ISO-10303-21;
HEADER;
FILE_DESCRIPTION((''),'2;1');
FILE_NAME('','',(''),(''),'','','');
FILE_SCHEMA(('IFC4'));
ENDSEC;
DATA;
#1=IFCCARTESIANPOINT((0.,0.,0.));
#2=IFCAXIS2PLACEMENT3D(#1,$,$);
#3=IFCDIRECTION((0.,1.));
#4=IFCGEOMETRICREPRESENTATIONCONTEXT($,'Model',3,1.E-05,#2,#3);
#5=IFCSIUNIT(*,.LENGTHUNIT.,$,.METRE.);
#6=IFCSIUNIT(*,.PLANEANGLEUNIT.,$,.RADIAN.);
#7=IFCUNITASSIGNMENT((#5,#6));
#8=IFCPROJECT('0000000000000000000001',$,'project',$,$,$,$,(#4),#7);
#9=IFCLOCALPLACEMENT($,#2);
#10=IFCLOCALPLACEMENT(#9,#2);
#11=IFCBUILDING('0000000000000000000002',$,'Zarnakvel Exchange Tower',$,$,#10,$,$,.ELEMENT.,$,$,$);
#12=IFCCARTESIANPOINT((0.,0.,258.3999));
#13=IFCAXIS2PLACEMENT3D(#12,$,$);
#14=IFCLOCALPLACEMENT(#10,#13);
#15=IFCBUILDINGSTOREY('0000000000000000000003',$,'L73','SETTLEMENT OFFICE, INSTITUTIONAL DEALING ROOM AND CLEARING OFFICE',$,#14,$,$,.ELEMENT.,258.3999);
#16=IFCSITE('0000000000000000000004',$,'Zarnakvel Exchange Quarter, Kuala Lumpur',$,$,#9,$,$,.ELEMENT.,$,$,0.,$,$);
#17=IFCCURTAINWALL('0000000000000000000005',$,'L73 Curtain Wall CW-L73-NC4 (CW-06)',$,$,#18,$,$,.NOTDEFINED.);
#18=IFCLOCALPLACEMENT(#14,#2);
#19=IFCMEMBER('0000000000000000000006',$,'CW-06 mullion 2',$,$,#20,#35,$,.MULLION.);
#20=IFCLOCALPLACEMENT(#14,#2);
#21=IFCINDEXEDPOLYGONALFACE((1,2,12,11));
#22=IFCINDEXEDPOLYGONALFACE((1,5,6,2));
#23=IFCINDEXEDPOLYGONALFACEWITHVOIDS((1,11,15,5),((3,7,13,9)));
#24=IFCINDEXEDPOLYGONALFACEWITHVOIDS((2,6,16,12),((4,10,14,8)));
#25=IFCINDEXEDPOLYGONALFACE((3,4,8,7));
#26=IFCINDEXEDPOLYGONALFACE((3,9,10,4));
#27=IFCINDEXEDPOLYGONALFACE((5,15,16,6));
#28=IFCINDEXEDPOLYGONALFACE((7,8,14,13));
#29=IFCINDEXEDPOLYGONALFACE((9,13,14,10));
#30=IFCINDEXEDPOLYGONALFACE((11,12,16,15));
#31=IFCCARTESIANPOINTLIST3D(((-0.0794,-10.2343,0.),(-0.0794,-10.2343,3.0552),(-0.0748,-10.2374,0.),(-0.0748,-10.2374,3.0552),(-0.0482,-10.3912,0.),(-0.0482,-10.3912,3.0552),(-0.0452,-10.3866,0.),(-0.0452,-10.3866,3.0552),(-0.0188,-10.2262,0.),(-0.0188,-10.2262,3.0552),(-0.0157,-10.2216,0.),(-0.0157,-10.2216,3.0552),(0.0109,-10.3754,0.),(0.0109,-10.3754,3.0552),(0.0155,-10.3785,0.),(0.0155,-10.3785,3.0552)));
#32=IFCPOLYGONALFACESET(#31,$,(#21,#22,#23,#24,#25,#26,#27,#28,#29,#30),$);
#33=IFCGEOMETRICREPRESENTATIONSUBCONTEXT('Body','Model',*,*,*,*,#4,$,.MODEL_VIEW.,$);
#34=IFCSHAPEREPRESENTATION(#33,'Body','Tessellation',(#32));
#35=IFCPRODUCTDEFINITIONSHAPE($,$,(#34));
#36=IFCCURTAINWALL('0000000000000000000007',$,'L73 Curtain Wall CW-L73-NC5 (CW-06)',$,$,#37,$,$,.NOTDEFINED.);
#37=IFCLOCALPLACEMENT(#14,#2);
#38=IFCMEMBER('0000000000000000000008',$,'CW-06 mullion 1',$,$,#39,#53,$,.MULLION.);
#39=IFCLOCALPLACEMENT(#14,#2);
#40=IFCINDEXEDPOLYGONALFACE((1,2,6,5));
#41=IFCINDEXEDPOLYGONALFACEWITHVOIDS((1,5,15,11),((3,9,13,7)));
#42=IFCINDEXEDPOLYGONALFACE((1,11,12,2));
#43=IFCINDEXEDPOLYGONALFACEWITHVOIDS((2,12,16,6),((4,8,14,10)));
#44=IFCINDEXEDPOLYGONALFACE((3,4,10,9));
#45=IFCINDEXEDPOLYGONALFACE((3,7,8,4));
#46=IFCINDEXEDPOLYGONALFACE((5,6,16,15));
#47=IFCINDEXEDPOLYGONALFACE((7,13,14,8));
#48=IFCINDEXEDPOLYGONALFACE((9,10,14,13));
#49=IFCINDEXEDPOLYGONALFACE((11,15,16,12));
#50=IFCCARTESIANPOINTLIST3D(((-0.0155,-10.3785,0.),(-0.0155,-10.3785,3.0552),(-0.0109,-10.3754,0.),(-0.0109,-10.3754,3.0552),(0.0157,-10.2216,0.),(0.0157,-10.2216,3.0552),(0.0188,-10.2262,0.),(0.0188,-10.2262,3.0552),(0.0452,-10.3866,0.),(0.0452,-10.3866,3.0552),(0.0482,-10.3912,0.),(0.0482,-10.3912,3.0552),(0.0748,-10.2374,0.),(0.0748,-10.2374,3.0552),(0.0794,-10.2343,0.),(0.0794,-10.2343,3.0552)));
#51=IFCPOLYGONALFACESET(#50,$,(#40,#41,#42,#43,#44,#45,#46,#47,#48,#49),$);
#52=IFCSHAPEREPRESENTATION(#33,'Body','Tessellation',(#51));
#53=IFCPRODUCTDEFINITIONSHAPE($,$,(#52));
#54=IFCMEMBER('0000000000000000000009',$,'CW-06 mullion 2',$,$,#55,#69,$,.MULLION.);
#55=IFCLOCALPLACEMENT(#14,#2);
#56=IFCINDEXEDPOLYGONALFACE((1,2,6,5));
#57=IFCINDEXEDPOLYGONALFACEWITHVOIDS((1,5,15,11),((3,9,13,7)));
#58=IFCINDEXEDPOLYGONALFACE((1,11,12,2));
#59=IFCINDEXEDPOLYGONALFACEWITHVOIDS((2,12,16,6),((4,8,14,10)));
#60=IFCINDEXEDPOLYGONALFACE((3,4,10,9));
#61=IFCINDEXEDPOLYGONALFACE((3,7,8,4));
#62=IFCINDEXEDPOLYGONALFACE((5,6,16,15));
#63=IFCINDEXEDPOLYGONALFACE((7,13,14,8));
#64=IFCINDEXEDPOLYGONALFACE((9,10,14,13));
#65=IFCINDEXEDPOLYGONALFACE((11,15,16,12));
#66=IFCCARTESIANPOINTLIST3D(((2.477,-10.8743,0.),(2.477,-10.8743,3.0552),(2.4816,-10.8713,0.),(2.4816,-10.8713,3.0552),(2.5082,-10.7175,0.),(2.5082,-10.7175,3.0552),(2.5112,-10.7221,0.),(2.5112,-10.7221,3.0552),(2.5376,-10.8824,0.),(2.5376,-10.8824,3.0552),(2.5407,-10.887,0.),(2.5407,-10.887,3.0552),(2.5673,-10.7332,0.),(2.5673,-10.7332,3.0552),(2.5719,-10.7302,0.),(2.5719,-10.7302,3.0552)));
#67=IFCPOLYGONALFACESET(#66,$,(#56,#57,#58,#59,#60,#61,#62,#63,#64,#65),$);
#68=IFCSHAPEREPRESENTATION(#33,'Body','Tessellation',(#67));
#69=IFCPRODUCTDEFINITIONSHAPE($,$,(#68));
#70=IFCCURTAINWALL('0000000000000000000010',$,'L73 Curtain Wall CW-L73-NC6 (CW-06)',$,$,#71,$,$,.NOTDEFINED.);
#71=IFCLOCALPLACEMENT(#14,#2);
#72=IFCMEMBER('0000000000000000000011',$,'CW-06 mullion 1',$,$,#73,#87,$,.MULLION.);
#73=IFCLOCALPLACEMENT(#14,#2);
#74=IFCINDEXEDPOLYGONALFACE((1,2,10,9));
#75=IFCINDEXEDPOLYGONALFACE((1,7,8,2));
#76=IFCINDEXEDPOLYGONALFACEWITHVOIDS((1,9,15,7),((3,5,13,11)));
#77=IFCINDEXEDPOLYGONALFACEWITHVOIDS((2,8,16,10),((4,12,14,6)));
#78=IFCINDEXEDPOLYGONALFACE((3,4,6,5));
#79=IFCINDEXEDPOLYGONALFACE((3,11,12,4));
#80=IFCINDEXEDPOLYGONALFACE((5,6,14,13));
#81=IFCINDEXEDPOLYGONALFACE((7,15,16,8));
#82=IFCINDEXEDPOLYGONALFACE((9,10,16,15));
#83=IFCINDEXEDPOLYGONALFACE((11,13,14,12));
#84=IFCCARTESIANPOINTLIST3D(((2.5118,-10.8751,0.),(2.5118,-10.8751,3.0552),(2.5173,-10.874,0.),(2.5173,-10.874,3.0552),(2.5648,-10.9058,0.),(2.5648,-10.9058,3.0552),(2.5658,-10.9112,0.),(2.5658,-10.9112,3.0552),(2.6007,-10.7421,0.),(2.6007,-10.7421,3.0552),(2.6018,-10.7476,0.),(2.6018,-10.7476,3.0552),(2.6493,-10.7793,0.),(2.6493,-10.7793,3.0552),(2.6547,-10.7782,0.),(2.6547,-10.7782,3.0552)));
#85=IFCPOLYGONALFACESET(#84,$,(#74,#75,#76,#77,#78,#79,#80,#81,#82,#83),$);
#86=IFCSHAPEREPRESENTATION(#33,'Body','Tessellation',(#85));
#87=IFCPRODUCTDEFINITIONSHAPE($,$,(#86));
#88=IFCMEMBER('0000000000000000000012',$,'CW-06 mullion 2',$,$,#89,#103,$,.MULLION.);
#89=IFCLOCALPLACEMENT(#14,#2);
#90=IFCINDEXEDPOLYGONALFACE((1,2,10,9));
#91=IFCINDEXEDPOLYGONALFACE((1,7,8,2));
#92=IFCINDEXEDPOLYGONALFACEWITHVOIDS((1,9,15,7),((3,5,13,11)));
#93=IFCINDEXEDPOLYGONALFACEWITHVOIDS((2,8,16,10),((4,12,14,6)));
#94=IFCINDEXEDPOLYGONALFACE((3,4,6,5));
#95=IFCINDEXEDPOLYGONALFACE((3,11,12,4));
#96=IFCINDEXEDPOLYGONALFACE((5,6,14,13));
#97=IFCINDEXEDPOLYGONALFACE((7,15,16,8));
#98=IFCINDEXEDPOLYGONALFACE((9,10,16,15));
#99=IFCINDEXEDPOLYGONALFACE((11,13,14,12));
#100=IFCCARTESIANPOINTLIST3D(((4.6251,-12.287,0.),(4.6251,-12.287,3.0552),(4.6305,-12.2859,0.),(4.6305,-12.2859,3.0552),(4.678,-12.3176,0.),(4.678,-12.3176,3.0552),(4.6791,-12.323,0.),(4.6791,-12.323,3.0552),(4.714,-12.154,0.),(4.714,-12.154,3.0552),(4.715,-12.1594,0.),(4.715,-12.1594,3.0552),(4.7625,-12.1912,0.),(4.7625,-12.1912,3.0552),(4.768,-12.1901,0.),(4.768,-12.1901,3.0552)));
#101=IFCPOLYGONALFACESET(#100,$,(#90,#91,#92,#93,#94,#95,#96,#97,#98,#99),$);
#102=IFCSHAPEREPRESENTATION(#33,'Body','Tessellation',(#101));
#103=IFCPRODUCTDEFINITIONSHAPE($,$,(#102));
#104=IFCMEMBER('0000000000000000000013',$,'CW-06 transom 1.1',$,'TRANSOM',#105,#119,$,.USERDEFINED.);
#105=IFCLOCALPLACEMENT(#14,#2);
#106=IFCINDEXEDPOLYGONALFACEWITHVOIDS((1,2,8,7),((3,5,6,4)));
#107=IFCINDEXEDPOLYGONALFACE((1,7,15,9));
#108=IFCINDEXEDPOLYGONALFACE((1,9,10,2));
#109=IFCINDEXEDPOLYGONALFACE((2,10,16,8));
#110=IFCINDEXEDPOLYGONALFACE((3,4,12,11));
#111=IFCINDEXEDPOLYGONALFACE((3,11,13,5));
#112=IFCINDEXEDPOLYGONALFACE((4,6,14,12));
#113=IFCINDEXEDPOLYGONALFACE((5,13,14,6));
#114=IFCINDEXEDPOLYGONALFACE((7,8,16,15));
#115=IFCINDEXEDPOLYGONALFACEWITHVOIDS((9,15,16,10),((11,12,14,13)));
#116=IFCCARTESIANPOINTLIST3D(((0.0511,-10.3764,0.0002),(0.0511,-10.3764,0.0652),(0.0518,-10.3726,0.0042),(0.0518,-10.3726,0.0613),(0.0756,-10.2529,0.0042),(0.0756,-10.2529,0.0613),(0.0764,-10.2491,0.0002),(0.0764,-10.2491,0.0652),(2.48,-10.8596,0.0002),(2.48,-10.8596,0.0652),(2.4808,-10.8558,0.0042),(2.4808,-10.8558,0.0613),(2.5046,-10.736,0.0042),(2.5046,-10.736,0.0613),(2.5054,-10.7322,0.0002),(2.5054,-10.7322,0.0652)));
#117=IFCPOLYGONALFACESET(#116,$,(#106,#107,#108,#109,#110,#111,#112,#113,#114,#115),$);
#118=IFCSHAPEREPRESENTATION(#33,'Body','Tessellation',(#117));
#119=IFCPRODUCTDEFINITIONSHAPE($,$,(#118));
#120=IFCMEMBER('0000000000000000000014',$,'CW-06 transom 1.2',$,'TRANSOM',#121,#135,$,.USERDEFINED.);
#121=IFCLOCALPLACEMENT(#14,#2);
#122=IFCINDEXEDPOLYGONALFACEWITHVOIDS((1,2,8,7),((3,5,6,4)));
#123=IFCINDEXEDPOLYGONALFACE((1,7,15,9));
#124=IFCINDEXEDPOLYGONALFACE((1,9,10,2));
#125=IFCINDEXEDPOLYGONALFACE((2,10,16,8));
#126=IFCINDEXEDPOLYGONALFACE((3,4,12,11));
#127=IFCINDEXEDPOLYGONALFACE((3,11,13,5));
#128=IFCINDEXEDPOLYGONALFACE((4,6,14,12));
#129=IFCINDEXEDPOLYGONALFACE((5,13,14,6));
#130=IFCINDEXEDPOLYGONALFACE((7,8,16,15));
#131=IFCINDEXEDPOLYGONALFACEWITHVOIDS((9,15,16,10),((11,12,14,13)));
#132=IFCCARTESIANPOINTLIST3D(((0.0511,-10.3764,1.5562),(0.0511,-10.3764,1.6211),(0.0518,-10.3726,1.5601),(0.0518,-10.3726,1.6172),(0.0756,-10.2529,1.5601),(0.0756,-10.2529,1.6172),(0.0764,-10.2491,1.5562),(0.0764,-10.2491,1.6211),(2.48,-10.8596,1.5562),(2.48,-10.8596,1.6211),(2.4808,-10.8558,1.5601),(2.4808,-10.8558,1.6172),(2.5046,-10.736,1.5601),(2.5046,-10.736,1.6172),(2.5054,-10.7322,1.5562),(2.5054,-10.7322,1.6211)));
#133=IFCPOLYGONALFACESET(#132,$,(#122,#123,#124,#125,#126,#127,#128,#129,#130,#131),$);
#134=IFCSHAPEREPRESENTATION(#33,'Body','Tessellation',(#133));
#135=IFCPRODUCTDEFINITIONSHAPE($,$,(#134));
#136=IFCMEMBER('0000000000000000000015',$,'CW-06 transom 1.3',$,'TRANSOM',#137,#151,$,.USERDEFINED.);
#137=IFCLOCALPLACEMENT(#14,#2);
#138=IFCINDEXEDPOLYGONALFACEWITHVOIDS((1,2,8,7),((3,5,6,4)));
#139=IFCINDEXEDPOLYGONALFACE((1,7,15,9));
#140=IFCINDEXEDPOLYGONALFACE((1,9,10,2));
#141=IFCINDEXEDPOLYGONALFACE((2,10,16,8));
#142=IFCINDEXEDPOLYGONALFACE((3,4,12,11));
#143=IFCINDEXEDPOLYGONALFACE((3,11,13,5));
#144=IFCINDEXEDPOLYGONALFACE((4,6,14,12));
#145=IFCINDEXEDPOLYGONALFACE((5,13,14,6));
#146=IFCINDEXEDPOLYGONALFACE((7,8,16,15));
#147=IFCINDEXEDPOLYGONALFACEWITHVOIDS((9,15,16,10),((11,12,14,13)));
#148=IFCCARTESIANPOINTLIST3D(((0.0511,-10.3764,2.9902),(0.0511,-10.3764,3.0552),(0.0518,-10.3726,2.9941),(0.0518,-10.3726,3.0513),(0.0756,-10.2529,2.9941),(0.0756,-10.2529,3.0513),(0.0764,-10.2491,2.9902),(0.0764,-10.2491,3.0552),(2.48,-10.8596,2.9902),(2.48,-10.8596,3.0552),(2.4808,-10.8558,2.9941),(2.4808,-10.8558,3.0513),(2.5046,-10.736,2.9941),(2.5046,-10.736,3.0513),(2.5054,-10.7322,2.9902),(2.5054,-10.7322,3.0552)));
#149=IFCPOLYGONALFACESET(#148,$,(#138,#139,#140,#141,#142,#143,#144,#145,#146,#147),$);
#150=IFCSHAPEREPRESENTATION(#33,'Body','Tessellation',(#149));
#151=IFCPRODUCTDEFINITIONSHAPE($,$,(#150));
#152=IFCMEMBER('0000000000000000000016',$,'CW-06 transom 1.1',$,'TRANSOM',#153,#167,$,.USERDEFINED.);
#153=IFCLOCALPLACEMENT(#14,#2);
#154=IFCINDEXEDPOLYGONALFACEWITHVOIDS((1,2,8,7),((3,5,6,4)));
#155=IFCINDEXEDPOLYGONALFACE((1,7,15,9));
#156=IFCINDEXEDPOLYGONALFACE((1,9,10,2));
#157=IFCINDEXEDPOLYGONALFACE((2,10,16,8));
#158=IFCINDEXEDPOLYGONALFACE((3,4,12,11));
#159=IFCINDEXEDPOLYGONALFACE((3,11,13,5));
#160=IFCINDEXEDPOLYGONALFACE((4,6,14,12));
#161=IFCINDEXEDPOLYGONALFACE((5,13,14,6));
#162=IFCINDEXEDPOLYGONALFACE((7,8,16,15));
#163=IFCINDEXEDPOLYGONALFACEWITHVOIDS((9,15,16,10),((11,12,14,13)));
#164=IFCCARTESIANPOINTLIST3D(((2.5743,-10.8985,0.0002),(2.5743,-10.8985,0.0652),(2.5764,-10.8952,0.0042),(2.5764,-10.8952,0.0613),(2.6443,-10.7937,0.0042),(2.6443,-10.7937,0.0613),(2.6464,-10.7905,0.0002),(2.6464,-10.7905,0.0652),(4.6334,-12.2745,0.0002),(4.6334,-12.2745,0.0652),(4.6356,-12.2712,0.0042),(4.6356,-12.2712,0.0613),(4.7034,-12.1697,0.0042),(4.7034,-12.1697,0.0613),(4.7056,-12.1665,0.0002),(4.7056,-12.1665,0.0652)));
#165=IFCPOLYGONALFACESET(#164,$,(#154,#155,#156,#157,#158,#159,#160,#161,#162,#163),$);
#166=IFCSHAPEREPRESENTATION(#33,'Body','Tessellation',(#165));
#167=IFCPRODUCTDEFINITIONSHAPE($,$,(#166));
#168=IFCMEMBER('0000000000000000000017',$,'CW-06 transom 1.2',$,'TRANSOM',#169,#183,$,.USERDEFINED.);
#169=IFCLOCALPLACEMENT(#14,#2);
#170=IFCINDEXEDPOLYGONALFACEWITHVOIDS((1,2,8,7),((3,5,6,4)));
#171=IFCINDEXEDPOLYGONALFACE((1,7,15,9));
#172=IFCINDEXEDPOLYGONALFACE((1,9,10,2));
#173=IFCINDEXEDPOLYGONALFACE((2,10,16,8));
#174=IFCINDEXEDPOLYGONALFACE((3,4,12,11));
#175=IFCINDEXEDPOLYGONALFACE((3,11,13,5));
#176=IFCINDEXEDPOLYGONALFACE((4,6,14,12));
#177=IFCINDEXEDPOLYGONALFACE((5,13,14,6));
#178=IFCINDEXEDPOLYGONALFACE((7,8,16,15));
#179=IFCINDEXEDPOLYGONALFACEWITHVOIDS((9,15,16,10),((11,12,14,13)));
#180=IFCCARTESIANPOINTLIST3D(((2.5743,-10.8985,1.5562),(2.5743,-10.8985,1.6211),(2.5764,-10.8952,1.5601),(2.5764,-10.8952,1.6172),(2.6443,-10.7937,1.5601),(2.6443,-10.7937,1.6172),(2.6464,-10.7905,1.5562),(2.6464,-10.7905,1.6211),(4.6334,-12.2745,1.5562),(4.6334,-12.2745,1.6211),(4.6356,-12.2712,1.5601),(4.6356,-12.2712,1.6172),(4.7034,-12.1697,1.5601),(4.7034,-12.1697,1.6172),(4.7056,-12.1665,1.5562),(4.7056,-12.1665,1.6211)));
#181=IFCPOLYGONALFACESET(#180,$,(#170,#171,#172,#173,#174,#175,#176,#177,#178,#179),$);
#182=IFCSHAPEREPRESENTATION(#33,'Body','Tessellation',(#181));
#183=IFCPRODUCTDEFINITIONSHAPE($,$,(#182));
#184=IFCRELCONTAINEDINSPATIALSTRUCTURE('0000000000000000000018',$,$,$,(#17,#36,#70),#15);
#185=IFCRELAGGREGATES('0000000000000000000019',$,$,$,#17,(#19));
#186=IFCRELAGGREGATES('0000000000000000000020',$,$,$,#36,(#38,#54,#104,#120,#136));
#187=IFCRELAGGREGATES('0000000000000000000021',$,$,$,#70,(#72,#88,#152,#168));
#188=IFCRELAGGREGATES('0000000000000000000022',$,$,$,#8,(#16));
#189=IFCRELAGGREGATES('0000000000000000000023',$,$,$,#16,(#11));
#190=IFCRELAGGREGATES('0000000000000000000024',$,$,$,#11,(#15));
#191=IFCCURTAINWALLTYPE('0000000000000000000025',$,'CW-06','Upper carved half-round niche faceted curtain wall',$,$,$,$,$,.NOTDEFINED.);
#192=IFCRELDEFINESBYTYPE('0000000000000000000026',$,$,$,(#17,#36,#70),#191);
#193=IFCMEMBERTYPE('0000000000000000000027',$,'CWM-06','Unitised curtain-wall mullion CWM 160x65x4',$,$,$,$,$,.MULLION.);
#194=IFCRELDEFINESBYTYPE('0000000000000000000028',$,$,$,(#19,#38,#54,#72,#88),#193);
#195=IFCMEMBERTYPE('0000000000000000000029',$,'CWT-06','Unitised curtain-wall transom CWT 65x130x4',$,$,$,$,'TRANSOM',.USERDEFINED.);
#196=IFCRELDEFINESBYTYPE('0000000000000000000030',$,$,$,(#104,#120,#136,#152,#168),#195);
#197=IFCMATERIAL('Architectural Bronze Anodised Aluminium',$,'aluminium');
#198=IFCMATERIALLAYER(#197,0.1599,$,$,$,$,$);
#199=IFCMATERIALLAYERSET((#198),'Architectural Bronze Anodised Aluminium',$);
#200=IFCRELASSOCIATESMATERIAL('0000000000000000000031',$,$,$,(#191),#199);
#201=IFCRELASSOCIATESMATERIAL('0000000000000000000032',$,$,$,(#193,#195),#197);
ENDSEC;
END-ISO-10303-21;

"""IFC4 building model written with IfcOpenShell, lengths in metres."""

from ifc_helpers import new_model, si_unit, direction, frame, origin, origin_2d, place, context, subcontext, project, spatial, hollow_rectangle, extrude, source, transform, mapped, material, layer, layer_set, material_profile, profile_set, type_object, element, aggregate, save


model = new_model("IFC4")

# Units and contexts
model_context = context("Model", 3, precision=1e-05, world=origin(), true_north=direction((0.0, 1.0)))
body_context = subcontext(model_context, "Body", "Model", "MODEL_VIEW")
ifc_project = project(units=[si_unit("LENGTHUNIT", "METRE"), si_unit("PLANEANGLEUNIT", "RADIAN")], contexts=[model_context])

# Site, building, storey
site_placement = place(None, origin())
site = spatial("IfcSite", under=ifc_project, at=site_placement, Name="Zarnakvel Exchange Quarter, Kuala Lumpur", CompositionType="ELEMENT", RefElevation=0.0)
building_placement = place(site_placement, origin())
building = spatial("IfcBuilding", under=site, at=building_placement, Name="Zarnakvel Exchange Tower", CompositionType="ELEMENT")
storey_placement = place(building_placement, frame((0.0, 0.0, 258.3999)))
storey = spatial("IfcBuildingStorey", under=building, at=storey_placement, Name="L73", Description="SETTLEMENT OFFICE, INSTITUTIONAL DEALING ROOM AND CLEARING OFFICE", CompositionType="ELEMENT", Elevation=258.3999)

# Curtain wall, member
ifc_material_1 = material(Name="Architectural Bronze Anodised Aluminium", Category="aluminium")
ifc_layer_1 = layer(ifc_material_1, 0.1599)
ifc_layer_set_1 = layer_set([ifc_layer_1], Name="Architectural Bronze Anodised Aluminium")
curtain_wall_type = type_object("IfcCurtainWallType", Name="CW-06", Description="Upper carved half-round niche faceted curtain wall", PredefinedType="NOTDEFINED", material=ifc_layer_set_1)
curtain_wall_1_placement = place(storey_placement, origin())
curtain_wall_1 = element("IfcCurtainWall", 1, at=curtain_wall_1_placement, inside=storey, type_object=curtain_wall_type, Name="L73 Curtain Wall CW-L73-NC4 (CW-06)", PredefinedType="NOTDEFINED")
ifc_material_profile_1 = material_profile(ifc_material_1, hollow_rectangle(XDim=0.1599, YDim=0.0649, WallThickness=0.0039, at=origin_2d()))
ifc_profile_set_1 = profile_set([ifc_material_profile_1], Name="Architectural Bronze Anodised Aluminium")
member_type_1 = type_object("IfcMemberType", Name="CWM-06", Description="Unitised curtain-wall mullion CWM 160x65x4", PredefinedType="MULLION", material=ifc_profile_set_1)
shared_shape_1 = source(origin(), body_context, "Body", "SweptSolid", [
    extrude(hollow_rectangle(XDim=0.1599, YDim=0.0649, WallThickness=0.0039, at=origin_2d()), origin(), (0.0, 0.0, 1.0), 3.0552),
])
member_1_placement = place(storey_placement, frame((-0.032, -10.3064, 0.0), z_axis=(0.0, 0.0, 1.0), x_axis=(-0.19509, 0.980785, 0.0)))
member_1 = element("IfcMember", 2, at=member_1_placement, type_object=member_type_1, Name="CW-06 mullion 2", PredefinedType="MULLION", context=body_context, shape_type="MappedRepresentation", body=[
    mapped(shared_shape_1, transform((0.0, 0.0, 0.0), x_axis=(1.0, 0.0, 0.0), y_axis=(0.0, 1.0, 0.0), z_axis=(0.0, 0.0, 1.0), scale=1.0)),
])

# Curtain walls, members
curtain_wall_2_placement = place(storey_placement, origin())
curtain_wall_2 = element("IfcCurtainWall", 3, at=curtain_wall_2_placement, inside=storey, type_object=curtain_wall_type, Name="L73 Curtain Wall CW-L73-NC5 (CW-06)", PredefinedType="NOTDEFINED")
member_2_placement = place(storey_placement, frame((0.032, -10.3064, 0.0), z_axis=(0.0, 0.0, 1.0), x_axis=(0.19509, 0.980785, 0.0)))
member_2 = element("IfcMember", 4, at=member_2_placement, type_object=member_type_1, Name="CW-06 mullion 1", PredefinedType="MULLION", context=body_context, shape_type="MappedRepresentation", body=[
    mapped(shared_shape_1, transform((0.0, 0.0, 0.0), x_axis=(1.0, 0.0, 0.0), y_axis=(0.0, 1.0, 0.0), z_axis=(0.0, 0.0, 1.0), scale=1.0)),
])
member_3_placement = place(storey_placement, frame((2.5244, -10.8022, 0.0), z_axis=(0.0, 0.0, 1.0), x_axis=(0.19509, 0.980785, 0.0)))
member_3 = element("IfcMember", 5, at=member_3_placement, type_object=member_type_1, Name="CW-06 mullion 2", PredefinedType="MULLION", context=body_context, shape_type="MappedRepresentation", body=[
    mapped(shared_shape_1, transform((0.0, 0.0, 0.0), x_axis=(1.0, 0.0, 0.0), y_axis=(0.0, 1.0, 0.0), z_axis=(0.0, 0.0, 1.0), scale=1.0)),
])
curtain_wall_3_placement = place(storey_placement, origin())
curtain_wall_3 = element("IfcCurtainWall", 6, at=curtain_wall_3_placement, inside=storey, type_object=curtain_wall_type, Name="L73 Curtain Wall CW-L73-NC6 (CW-06)", PredefinedType="NOTDEFINED")
member_4_placement = place(storey_placement, frame((2.5833, -10.8267, 0.0), z_axis=(0.0, 0.0, 1.0), x_axis=(0.55557, 0.83147, 0.0)))
member_4 = element("IfcMember", 7, at=member_4_placement, type_object=member_type_1, Name="CW-06 mullion 1", PredefinedType="MULLION", context=body_context, shape_type="MappedRepresentation", body=[
    mapped(shared_shape_1, transform((0.0, 0.0, 0.0), x_axis=(1.0, 0.0, 0.0), y_axis=(0.0, 1.0, 0.0), z_axis=(0.0, 0.0, 1.0), scale=1.0)),
])
member_5_placement = place(storey_placement, frame((4.6965, -12.2385, 0.0), z_axis=(0.0, 0.0, 1.0), x_axis=(0.55557, 0.83147, 0.0)))
member_5 = element("IfcMember", 8, at=member_5_placement, type_object=member_type_1, Name="CW-06 mullion 2", PredefinedType="MULLION", context=body_context, shape_type="MappedRepresentation", body=[
    mapped(shared_shape_1, transform((0.0, 0.0, 0.0), x_axis=(1.0, 0.0, 0.0), y_axis=(0.0, 1.0, 0.0), z_axis=(0.0, 0.0, 1.0), scale=1.0)),
])

# Members
ifc_material_profile_2 = material_profile(ifc_material_1, hollow_rectangle(XDim=0.1299, YDim=0.0649, WallThickness=0.0039, at=origin_2d()))
ifc_profile_set_2 = profile_set([ifc_material_profile_2], Name="Architectural Bronze Anodised Aluminium")
member_type_2 = type_object("IfcMemberType", Name="CWT-06", Description="Unitised curtain-wall transom CWT 65x130x4", ElementType="TRANSOM", PredefinedType="USERDEFINED", material=ifc_profile_set_2)
shared_shape_2 = source(origin(), body_context, "Body", "SweptSolid", [
    extrude(hollow_rectangle(XDim=0.1299, YDim=0.0649, WallThickness=0.0039, at=origin_2d()), origin(), (0.0, 0.0, 1.0), 2.4766),
])
member_6_placement = place(storey_placement, frame((0.0637, -10.3127, 0.0327), z_axis=(0.980785, -0.195092, 0.0), x_axis=(0.195092, 0.980785, 0.0)))
member_6 = element("IfcMember", 9, at=member_6_placement, type_object=member_type_2, Name="CW-06 transom 1.1", ObjectType="TRANSOM", PredefinedType="USERDEFINED", context=body_context, shape_type="MappedRepresentation", body=[
    mapped(shared_shape_2, transform((0.0, 0.0, 0.0), x_axis=(1.0, 0.0, 0.0), y_axis=(0.0, 1.0, 0.0), z_axis=(0.0, 0.0, 1.0), scale=1.0)),
])
member_7_placement = place(storey_placement, frame((0.0637, -10.3127, 1.5886), z_axis=(0.980785, -0.195092, 0.0), x_axis=(0.195092, 0.980785, 0.0)))
member_7 = element("IfcMember", 10, at=member_7_placement, type_object=member_type_2, Name="CW-06 transom 1.2", ObjectType="TRANSOM", PredefinedType="USERDEFINED", context=body_context, shape_type="MappedRepresentation", body=[
    mapped(shared_shape_2, transform((0.0, 0.0, 0.0), x_axis=(1.0, 0.0, 0.0), y_axis=(0.0, 1.0, 0.0), z_axis=(0.0, 0.0, 1.0), scale=1.0)),
])
member_8_placement = place(storey_placement, frame((0.0637, -10.3127, 3.0227), z_axis=(0.980785, -0.195092, 0.0), x_axis=(0.195092, 0.980785, 0.0)))
member_8 = element("IfcMember", 11, at=member_8_placement, type_object=member_type_2, Name="CW-06 transom 1.3", ObjectType="TRANSOM", PredefinedType="USERDEFINED", context=body_context, shape_type="MappedRepresentation", body=[
    mapped(shared_shape_2, transform((0.0, 0.0, 0.0), x_axis=(1.0, 0.0, 0.0), y_axis=(0.0, 1.0, 0.0), z_axis=(0.0, 0.0, 1.0), scale=1.0)),
])
member_9_placement = place(storey_placement, frame((2.6104, -10.8445, 0.0327), z_axis=(0.831443, -0.55561, 0.0), x_axis=(0.55561, 0.831443, 0.0)))
member_9 = element("IfcMember", 12, at=member_9_placement, type_object=member_type_2, Name="CW-06 transom 1.1", ObjectType="TRANSOM", PredefinedType="USERDEFINED", context=body_context, shape_type="MappedRepresentation", body=[
    mapped(shared_shape_2, transform((0.0, 0.0, 0.0), x_axis=(1.0, 0.0, 0.0), y_axis=(0.0, 1.0, 0.0), z_axis=(0.0, 0.0, 1.0), scale=1.0)),
])
member_10_placement = place(storey_placement, frame((2.6104, -10.8445, 1.5886), z_axis=(0.831443, -0.55561, 0.0), x_axis=(0.55561, 0.831443, 0.0)))
member_10 = element("IfcMember", 13, at=member_10_placement, type_object=member_type_2, Name="CW-06 transom 1.2", ObjectType="TRANSOM", PredefinedType="USERDEFINED", context=body_context, shape_type="MappedRepresentation", body=[
    mapped(shared_shape_2, transform((0.0, 0.0, 0.0), x_axis=(1.0, 0.0, 0.0), y_axis=(0.0, 1.0, 0.0), z_axis=(0.0, 0.0, 1.0), scale=1.0)),
])

aggregate(curtain_wall_1, [member_1])
aggregate(curtain_wall_2, [member_2, member_3, member_6, member_7, member_8])
aggregate(curtain_wall_3, [member_4, member_5, member_9, member_10])

save(model, "model.ifc")
